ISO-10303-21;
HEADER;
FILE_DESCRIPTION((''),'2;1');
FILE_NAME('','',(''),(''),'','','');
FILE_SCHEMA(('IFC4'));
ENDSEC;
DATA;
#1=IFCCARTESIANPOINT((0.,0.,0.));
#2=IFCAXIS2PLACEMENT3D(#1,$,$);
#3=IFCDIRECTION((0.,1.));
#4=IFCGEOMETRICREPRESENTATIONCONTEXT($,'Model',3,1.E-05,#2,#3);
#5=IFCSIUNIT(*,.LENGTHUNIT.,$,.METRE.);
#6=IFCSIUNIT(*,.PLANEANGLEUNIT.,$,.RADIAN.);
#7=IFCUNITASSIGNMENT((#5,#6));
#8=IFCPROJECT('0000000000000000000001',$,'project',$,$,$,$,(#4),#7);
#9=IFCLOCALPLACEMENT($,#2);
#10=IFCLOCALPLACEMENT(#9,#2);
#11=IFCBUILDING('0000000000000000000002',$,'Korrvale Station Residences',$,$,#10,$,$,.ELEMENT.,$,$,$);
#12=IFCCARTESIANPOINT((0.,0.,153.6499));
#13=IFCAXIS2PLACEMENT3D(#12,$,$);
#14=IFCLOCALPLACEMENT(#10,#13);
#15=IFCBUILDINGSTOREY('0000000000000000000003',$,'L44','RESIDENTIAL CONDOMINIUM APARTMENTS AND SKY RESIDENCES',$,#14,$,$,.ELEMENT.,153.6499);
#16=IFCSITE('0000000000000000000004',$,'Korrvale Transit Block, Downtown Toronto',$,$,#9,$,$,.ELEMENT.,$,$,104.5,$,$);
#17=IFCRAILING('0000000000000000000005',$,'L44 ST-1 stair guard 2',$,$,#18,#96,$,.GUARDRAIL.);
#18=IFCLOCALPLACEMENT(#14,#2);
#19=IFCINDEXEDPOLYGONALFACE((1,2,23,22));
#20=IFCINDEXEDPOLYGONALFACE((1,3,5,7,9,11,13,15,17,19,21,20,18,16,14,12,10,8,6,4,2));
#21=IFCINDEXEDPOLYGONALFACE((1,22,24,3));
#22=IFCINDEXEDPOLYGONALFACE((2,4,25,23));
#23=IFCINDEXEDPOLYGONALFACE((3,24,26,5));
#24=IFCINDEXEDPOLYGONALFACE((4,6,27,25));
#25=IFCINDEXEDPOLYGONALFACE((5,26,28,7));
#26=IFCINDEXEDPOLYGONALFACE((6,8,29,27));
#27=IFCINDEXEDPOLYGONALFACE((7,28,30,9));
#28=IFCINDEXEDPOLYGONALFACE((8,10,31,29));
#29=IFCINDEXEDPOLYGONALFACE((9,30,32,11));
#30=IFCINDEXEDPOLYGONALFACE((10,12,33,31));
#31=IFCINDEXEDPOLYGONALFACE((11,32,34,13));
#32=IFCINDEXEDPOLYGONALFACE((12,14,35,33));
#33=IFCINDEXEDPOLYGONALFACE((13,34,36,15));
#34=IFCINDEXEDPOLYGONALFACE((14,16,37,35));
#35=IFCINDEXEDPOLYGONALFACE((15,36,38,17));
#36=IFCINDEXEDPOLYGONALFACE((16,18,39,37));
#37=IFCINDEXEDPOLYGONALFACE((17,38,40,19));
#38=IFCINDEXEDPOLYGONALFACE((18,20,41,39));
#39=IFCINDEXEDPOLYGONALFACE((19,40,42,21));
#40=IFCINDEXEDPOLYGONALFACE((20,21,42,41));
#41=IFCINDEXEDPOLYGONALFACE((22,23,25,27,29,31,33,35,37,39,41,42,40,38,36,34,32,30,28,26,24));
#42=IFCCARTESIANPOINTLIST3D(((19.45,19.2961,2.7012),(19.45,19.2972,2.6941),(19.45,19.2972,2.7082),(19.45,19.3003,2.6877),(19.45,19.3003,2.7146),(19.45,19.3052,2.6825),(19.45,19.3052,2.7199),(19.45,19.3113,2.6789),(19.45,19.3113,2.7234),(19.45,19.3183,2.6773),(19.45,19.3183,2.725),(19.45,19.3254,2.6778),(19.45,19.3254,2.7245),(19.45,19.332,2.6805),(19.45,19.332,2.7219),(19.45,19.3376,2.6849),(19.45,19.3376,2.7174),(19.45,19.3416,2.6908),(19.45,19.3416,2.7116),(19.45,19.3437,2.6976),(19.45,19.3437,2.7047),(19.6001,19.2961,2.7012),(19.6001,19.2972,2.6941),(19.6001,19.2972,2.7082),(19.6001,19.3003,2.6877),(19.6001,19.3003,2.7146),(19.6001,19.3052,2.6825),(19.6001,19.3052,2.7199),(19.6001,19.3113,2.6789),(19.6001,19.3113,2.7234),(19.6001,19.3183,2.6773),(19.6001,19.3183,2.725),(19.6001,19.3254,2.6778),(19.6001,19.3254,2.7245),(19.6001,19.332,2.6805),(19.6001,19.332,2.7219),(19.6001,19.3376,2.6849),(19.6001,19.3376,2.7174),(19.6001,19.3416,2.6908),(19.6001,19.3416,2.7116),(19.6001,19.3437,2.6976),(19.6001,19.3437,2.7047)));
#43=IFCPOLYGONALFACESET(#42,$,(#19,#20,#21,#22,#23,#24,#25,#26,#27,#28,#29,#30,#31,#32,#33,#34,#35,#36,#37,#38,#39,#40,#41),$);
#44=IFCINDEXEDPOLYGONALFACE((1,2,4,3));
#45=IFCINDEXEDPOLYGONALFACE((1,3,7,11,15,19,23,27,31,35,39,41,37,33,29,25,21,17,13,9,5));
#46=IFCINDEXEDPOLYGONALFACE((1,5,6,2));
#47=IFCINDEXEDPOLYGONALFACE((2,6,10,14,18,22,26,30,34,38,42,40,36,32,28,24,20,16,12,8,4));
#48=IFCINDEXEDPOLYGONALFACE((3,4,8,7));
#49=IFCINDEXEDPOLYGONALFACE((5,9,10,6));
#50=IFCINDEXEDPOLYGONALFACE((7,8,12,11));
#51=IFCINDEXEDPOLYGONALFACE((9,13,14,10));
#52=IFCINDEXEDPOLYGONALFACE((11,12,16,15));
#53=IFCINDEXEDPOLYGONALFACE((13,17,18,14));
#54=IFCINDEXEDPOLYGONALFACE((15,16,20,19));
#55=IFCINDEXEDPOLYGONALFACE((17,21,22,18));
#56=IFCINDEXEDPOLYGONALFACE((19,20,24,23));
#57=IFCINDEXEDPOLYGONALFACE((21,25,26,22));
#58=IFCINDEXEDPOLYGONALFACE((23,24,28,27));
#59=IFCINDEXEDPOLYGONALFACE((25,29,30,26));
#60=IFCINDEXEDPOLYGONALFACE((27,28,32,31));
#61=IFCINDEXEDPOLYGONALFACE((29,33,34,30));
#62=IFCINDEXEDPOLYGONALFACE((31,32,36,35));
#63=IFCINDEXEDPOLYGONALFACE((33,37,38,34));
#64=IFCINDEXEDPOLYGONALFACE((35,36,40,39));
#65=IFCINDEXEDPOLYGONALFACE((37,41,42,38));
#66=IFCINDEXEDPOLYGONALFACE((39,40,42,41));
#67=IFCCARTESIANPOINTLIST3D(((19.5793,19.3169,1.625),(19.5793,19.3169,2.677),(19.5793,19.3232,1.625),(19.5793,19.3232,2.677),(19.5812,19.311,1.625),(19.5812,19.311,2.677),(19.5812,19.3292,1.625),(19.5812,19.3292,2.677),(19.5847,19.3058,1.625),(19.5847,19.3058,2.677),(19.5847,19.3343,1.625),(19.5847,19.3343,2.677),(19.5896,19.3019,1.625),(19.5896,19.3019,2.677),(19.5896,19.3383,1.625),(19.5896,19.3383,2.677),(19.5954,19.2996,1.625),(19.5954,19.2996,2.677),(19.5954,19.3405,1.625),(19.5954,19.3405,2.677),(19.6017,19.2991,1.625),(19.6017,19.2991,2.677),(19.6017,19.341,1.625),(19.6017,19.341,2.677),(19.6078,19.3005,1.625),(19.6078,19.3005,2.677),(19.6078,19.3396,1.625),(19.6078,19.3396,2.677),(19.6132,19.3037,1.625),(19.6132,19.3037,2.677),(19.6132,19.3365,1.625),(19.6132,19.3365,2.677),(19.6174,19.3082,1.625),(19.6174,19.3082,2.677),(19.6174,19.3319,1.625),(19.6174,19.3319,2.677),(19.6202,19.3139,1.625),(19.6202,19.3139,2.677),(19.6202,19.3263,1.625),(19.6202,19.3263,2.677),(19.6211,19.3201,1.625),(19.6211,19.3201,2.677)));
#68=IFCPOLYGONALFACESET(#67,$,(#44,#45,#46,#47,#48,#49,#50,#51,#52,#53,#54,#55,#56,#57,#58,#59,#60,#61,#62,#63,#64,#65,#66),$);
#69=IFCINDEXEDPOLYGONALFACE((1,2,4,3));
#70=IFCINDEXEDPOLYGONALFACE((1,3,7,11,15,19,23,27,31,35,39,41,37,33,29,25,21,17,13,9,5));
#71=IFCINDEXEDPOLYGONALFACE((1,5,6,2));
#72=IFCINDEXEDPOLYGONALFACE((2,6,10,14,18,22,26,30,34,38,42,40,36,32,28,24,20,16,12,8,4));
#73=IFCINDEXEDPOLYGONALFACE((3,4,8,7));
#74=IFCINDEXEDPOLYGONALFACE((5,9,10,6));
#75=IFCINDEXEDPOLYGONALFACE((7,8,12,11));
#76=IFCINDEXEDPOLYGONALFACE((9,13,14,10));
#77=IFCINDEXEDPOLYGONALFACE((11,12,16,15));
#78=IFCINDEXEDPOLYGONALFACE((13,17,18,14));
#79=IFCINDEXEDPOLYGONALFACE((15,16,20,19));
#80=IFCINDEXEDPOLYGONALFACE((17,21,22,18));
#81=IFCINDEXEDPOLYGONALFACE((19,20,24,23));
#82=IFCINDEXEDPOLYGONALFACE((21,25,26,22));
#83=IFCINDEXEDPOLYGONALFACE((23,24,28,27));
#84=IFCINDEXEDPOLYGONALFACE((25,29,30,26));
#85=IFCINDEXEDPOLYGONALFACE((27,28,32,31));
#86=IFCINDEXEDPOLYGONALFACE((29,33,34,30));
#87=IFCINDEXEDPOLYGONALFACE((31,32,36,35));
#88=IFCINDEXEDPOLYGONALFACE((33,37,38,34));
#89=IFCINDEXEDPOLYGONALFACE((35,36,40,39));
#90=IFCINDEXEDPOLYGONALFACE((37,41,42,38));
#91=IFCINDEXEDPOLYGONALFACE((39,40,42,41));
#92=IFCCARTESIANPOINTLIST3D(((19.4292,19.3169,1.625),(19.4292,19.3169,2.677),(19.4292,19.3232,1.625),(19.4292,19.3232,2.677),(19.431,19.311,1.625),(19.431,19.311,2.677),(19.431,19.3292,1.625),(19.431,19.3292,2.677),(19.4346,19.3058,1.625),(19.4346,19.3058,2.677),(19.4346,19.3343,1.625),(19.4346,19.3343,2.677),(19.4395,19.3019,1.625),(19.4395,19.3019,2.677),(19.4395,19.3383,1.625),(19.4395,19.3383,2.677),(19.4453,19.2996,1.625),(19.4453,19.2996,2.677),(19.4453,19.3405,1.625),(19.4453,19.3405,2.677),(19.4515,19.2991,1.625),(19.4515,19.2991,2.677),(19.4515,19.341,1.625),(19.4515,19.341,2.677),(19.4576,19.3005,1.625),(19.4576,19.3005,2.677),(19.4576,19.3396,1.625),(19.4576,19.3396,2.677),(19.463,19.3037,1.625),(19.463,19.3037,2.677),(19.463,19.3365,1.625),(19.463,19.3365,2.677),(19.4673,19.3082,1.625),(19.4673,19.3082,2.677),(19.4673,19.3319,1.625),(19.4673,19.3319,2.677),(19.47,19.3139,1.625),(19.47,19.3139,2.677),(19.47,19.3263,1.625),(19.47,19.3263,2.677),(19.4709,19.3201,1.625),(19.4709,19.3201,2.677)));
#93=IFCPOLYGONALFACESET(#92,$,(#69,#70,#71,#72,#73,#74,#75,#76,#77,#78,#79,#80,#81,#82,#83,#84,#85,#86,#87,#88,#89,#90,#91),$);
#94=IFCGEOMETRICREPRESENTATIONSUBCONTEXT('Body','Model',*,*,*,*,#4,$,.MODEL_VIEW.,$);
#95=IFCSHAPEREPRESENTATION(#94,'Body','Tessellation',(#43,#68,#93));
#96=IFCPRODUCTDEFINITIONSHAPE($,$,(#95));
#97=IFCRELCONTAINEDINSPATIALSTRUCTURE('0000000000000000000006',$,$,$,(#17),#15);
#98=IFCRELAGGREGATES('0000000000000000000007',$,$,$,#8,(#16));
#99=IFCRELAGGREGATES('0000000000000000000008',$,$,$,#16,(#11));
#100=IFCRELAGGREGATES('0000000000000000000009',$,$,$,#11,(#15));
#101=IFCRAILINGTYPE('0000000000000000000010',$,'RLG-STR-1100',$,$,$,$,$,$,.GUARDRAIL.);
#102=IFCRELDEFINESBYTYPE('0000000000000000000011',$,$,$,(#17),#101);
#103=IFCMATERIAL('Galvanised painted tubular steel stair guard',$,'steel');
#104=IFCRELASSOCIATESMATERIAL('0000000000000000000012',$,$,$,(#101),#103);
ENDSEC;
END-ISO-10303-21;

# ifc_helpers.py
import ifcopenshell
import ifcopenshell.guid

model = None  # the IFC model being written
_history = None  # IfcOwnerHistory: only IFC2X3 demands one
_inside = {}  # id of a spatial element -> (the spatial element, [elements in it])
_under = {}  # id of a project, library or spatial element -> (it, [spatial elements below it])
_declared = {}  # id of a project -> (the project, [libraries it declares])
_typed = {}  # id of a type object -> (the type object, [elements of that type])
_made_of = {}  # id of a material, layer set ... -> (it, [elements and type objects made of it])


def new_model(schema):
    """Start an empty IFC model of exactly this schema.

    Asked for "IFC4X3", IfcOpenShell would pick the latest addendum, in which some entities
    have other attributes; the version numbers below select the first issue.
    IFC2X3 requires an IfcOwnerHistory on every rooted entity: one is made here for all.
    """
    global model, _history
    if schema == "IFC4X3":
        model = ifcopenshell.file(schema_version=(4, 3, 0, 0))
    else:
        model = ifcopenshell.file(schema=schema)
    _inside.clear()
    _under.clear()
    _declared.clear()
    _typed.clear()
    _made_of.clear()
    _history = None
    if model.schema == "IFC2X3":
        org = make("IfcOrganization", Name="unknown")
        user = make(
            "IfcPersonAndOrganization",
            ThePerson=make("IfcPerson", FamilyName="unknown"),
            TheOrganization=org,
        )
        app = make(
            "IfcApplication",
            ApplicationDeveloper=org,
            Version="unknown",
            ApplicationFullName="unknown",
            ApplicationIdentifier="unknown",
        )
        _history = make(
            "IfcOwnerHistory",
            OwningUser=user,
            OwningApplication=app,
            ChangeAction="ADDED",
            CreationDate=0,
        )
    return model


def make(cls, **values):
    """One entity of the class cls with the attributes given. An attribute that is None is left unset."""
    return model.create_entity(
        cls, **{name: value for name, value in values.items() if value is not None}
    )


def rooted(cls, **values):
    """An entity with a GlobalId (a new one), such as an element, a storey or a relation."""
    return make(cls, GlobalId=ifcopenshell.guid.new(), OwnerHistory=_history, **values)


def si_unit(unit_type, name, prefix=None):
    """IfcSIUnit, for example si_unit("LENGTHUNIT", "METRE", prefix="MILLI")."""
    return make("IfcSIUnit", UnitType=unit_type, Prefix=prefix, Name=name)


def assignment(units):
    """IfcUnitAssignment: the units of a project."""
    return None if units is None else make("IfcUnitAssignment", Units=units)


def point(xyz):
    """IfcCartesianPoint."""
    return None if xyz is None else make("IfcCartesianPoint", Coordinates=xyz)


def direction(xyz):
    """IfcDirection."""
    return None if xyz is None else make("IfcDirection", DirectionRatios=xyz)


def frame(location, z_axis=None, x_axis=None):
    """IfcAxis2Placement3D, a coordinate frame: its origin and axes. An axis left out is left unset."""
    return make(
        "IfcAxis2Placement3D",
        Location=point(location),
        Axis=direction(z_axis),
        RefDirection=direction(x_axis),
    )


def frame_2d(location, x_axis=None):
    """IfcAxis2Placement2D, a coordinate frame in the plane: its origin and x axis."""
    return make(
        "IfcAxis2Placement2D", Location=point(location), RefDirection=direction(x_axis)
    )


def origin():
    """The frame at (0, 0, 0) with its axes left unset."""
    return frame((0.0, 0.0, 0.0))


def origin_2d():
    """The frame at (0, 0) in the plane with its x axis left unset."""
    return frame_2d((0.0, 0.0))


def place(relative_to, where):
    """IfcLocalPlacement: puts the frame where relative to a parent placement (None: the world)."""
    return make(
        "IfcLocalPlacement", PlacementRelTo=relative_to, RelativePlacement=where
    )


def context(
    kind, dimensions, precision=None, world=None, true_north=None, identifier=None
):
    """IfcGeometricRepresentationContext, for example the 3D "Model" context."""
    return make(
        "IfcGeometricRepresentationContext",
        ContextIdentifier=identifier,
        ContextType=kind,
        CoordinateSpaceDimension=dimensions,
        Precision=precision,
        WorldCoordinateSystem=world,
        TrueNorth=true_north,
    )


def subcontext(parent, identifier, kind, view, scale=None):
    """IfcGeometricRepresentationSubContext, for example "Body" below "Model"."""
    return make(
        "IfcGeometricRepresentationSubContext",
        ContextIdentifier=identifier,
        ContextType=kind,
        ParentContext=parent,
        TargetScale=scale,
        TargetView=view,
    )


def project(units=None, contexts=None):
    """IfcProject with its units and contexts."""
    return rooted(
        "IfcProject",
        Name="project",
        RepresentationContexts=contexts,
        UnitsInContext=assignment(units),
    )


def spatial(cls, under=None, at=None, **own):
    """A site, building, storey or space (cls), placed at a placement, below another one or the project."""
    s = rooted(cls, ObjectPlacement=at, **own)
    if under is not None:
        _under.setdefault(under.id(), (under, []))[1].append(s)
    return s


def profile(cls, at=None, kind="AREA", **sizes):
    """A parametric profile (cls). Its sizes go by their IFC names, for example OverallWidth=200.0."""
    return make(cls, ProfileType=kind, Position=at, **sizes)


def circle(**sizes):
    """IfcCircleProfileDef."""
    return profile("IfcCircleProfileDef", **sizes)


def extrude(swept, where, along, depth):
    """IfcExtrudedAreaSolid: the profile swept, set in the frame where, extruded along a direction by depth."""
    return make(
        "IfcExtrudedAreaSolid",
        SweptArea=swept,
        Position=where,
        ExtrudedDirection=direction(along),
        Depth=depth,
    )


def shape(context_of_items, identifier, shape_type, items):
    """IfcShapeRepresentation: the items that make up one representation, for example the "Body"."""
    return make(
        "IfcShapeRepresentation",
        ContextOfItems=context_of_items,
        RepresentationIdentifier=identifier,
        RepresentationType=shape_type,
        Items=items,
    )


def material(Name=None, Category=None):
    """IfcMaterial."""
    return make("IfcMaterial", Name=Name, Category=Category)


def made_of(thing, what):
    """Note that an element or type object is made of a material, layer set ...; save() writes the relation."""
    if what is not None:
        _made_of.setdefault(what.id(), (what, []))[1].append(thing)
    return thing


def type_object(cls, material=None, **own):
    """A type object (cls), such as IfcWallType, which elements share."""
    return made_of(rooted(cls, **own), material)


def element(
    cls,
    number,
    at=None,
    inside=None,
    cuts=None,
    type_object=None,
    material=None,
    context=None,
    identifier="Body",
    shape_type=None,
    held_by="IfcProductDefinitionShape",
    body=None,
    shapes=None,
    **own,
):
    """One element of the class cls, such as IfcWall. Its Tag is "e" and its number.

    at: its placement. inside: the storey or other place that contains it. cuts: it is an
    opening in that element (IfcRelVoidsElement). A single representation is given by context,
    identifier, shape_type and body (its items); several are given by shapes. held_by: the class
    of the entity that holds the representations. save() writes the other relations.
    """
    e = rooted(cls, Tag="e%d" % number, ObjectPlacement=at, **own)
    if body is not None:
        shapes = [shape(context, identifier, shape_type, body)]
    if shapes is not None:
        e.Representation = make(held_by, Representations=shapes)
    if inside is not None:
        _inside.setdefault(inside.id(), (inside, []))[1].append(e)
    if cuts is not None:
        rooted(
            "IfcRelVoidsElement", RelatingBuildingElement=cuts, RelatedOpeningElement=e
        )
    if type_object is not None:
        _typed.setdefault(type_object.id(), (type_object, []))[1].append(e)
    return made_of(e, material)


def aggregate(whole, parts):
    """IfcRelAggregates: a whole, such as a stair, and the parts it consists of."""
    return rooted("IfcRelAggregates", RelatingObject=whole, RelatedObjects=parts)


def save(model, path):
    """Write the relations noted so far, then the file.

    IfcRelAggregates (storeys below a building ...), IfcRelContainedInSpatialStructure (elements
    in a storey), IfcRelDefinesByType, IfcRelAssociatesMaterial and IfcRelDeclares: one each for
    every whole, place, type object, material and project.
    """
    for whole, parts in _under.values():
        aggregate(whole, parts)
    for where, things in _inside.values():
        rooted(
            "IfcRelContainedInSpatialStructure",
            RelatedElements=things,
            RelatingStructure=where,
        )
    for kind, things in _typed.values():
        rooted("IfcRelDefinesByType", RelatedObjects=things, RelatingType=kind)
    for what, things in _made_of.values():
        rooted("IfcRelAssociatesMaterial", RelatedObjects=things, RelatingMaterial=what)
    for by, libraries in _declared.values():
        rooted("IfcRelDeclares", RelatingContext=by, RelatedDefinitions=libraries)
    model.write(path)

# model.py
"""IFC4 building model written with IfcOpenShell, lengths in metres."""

from ifc_helpers import new_model, si_unit, direction, frame, origin, origin_2d, place, context, subcontext, project, spatial, circle, extrude, material, type_object, element, save


model = new_model("IFC4")

# Units and contexts
model_context = context("Model", 3, precision=1e-05, world=origin(), true_north=direction((0.0, 1.0)))
body_context = subcontext(model_context, "Body", "Model", "MODEL_VIEW")
ifc_project = project(units=[si_unit("LENGTHUNIT", "METRE"), si_unit("PLANEANGLEUNIT", "RADIAN")], contexts=[model_context])

# Site, building, storey
site_placement = place(None, origin())
site = spatial("IfcSite", under=ifc_project, at=site_placement, Name="Korrvale Transit Block, Downtown Toronto", CompositionType="ELEMENT", RefElevation=104.5)
building_placement = place(site_placement, origin())
building = spatial("IfcBuilding", under=site, at=building_placement, Name="Korrvale Station Residences", CompositionType="ELEMENT")
storey_placement = place(building_placement, frame((0.0, 0.0, 153.6499)))
storey = spatial("IfcBuildingStorey", under=building, at=storey_placement, Name="L44", Description="RESIDENTIAL CONDOMINIUM APARTMENTS AND SKY RESIDENCES", CompositionType="ELEMENT", Elevation=153.6499)

# Railing
ifc_material_1 = material(Name="Galvanised painted tubular steel stair guard", Category="steel")
railing_type_1 = type_object("IfcRailingType", Name="RLG-STR-1100", PredefinedType="GUARDRAIL", material=ifc_material_1)
railing_1_placement = place(storey_placement, frame((19.6001, 19.3201, 1.625)))
element("IfcRailing", 1, at=railing_1_placement, inside=storey, type_object=railing_type_1, Name="L44 ST-1 stair guard 2", PredefinedType="GUARDRAIL", context=body_context, shape_type="SweptSolid", body=[
    extrude(circle(Radius=0.0239, at=origin_2d()), frame((0.0, 0.0, 1.0762), z_axis=(-1.0, 0.0, 0.0), x_axis=(0.0, -1.0, 0.0)), (0.0, 0.0, 1.0), 0.1501),
    extrude(circle(Radius=0.021, at=origin_2d()), origin(), (0.0, 0.0, 1.0), 1.052),
    extrude(circle(Radius=0.021, at=origin_2d()), frame((-0.1501, 0.0, 0.0)), (0.0, 0.0, 1.0), 1.052),
])

save(model, "model.ifc")
